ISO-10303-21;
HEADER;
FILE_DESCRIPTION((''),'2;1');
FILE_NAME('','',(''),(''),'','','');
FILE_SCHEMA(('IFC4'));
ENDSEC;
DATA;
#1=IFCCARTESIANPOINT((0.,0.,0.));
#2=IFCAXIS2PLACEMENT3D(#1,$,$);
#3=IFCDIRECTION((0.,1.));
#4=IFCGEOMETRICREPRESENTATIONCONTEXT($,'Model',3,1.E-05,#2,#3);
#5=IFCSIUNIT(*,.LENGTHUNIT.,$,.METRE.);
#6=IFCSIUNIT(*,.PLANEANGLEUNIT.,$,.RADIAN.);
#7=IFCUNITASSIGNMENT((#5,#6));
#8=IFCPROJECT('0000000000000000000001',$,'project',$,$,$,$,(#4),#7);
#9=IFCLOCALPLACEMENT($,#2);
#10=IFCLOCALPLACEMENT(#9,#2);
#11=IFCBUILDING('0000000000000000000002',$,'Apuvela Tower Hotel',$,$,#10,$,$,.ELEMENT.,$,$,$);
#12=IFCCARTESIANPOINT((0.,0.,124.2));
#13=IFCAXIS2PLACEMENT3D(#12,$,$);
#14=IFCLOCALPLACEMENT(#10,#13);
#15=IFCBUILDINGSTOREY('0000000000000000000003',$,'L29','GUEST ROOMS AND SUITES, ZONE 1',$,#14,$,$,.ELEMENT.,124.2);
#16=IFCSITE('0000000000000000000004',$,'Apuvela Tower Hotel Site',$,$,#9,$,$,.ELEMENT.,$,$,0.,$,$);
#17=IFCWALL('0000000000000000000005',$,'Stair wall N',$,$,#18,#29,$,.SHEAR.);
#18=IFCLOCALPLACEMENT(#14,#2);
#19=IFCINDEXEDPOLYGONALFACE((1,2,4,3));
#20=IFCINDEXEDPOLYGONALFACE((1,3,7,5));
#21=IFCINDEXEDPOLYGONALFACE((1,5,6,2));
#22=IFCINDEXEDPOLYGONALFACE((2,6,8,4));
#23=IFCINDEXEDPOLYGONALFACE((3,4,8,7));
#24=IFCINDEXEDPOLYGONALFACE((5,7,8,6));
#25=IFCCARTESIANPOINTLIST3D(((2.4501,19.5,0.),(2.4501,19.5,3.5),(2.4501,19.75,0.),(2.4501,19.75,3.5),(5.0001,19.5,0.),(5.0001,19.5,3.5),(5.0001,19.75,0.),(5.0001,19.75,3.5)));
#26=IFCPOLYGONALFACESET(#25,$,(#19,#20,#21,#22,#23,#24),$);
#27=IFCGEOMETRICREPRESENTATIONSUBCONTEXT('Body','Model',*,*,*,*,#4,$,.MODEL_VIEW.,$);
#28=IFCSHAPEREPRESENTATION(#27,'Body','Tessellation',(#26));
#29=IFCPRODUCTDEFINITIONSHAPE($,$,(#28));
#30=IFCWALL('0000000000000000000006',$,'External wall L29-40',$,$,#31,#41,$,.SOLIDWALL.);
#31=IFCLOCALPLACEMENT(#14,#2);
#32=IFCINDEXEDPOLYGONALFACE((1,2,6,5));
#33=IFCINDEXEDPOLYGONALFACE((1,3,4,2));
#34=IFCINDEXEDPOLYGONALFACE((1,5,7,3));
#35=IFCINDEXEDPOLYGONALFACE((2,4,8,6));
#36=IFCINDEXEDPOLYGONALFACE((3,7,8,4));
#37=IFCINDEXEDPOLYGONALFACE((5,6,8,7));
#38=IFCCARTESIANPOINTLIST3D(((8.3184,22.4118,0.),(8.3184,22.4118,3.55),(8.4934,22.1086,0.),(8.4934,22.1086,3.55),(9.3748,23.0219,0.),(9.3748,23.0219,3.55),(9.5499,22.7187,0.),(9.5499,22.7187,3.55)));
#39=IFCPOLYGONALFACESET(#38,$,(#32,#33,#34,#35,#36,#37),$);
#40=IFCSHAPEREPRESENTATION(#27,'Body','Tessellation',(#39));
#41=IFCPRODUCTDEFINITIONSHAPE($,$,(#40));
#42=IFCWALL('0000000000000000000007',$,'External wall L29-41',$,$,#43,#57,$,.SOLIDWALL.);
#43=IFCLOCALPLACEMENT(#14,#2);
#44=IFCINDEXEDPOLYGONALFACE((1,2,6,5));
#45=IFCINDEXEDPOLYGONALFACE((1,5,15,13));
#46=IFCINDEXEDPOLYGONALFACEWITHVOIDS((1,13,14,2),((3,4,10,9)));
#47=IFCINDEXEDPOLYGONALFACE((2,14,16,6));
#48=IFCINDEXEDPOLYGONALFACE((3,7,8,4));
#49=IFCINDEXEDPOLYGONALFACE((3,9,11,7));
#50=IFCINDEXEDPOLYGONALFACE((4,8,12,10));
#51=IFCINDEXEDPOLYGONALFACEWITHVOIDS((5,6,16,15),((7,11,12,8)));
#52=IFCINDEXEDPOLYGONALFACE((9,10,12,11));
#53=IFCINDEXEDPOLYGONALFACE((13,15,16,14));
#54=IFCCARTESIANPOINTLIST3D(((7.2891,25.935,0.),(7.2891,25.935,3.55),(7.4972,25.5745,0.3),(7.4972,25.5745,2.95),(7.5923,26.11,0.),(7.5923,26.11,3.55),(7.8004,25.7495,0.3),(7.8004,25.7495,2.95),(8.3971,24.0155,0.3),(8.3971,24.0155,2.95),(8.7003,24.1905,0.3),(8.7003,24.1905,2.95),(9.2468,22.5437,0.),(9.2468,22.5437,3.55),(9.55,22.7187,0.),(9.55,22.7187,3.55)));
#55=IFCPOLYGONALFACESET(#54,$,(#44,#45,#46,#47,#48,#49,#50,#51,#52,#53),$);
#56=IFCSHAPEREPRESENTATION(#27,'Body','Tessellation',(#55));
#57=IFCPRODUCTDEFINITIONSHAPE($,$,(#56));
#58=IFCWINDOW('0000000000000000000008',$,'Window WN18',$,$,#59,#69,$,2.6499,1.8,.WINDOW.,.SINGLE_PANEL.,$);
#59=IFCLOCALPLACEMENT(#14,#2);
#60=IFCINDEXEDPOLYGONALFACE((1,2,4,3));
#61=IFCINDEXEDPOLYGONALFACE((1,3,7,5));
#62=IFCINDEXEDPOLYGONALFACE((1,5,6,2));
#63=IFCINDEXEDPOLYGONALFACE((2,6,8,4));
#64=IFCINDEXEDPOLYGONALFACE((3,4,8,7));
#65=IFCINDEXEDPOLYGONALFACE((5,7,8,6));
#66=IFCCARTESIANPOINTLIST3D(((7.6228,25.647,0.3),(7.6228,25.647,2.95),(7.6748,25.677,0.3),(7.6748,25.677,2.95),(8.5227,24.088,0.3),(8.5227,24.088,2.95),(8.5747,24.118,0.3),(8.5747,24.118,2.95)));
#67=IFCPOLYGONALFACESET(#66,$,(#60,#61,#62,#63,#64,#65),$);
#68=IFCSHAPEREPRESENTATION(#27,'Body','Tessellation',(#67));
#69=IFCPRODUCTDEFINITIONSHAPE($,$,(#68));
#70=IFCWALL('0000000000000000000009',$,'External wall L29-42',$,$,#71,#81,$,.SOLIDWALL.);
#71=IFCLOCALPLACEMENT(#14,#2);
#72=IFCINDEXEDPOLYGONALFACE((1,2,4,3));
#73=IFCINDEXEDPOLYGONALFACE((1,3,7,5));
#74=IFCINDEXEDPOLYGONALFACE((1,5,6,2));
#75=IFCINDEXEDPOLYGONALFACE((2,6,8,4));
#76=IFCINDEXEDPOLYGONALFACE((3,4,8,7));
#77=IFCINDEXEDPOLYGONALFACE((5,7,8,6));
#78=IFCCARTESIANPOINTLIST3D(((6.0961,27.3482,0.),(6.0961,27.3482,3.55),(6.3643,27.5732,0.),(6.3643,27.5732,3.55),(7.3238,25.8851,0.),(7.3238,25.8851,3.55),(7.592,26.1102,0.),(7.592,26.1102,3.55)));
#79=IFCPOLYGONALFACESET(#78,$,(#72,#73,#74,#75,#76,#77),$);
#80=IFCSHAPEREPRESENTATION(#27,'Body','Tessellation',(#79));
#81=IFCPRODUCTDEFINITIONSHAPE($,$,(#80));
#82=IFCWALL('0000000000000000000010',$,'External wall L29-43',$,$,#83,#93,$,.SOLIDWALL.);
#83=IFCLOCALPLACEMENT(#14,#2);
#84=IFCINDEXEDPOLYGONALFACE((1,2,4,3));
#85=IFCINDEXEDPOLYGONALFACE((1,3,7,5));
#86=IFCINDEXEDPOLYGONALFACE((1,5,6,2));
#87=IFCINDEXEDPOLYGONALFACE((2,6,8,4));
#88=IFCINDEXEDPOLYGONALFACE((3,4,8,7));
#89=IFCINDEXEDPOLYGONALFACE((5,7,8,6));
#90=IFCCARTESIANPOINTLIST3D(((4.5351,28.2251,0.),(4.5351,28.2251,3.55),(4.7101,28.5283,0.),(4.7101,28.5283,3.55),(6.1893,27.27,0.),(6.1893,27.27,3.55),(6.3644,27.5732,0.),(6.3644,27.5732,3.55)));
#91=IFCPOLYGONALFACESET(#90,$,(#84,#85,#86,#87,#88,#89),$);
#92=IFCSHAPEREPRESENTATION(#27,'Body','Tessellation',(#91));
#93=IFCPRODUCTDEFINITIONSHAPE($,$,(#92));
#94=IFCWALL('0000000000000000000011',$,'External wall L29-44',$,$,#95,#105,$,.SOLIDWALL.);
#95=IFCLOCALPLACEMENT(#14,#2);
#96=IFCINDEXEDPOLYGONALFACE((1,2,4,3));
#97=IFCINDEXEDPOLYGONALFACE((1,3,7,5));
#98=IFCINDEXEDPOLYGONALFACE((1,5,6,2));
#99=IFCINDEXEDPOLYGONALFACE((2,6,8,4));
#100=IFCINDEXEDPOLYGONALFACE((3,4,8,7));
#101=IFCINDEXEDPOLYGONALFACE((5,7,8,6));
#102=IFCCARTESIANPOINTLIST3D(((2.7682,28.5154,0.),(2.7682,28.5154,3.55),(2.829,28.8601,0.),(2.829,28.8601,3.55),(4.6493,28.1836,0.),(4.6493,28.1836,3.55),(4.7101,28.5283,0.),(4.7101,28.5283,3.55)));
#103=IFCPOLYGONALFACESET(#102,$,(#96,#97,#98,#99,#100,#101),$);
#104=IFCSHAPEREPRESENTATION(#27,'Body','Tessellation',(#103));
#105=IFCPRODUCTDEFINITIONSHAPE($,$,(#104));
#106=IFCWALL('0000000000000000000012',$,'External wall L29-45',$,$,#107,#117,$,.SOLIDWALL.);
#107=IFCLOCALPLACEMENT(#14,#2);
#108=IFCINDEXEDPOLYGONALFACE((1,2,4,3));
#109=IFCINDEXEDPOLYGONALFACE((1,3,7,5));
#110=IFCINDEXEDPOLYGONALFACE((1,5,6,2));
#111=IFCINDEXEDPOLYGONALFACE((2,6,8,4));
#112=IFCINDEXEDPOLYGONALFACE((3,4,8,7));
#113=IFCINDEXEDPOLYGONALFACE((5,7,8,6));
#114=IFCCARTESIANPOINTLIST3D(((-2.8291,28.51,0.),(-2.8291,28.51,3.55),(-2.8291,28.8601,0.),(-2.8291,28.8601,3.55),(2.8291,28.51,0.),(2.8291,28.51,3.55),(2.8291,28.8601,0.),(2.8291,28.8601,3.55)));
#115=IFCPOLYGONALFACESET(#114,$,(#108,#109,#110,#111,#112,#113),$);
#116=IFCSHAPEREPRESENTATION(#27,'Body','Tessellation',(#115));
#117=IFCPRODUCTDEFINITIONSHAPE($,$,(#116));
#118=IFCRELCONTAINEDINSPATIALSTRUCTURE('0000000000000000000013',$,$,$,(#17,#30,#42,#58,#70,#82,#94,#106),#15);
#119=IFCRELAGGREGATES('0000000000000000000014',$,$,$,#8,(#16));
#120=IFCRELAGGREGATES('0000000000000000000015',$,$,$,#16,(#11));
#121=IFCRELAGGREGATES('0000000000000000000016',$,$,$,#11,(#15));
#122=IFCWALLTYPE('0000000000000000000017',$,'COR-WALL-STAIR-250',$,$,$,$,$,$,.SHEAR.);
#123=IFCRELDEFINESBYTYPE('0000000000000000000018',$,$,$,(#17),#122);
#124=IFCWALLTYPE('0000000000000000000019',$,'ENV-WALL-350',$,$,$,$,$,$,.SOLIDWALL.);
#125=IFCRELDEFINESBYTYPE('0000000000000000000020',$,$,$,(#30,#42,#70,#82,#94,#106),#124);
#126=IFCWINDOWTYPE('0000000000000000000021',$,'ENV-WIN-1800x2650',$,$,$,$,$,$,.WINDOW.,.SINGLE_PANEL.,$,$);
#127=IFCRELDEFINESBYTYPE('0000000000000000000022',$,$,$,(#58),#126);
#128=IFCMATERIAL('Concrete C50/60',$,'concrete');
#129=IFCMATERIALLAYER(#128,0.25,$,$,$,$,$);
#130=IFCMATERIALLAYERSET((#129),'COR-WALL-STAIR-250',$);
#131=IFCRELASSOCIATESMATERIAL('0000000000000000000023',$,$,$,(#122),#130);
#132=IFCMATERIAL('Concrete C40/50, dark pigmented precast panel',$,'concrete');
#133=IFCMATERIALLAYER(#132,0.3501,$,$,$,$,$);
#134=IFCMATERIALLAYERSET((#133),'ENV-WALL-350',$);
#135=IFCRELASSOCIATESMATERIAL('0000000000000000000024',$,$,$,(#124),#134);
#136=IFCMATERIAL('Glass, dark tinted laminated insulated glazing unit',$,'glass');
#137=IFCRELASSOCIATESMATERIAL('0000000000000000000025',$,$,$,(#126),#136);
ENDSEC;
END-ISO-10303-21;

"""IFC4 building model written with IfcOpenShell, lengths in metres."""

from ifc_helpers import new_model, si_unit, direction, frame, frame_2d, origin, place, context, subcontext, project, spatial, rectangle, extrude, material, layer, layer_set, type_object, element, fill, save


model = new_model("IFC4")

# Units and contexts
model_context = context("Model", 3, precision=1e-05, world=origin(), true_north=direction((0.0, 1.0)))
body_context = subcontext(model_context, "Body", "Model", "MODEL_VIEW")
ifc_project = project(units=[si_unit("LENGTHUNIT", "METRE"), si_unit("PLANEANGLEUNIT", "RADIAN")], contexts=[model_context])

# Site, building, storey
site_placement = place(None, origin())
site = spatial("IfcSite", under=ifc_project, at=site_placement, Name="Apuvela Tower Hotel Site", CompositionType="ELEMENT", RefElevation=0.0)
building_placement = place(site_placement, origin())
building = spatial("IfcBuilding", under=site, at=building_placement, Name="Apuvela Tower Hotel", CompositionType="ELEMENT")
storey_placement = place(building_placement, frame((0.0, 0.0, 124.2)))
storey = spatial("IfcBuildingStorey", under=building, at=storey_placement, Name="L29", Description="GUEST ROOMS AND SUITES, ZONE 1", CompositionType="ELEMENT", Elevation=124.2)

# Walls
ifc_material_1 = material(Name="Concrete C50/60", Category="concrete")
ifc_layer_1 = layer(ifc_material_1, 0.25)
ifc_layer_set_1 = layer_set([ifc_layer_1], Name="COR-WALL-STAIR-250")
wall_type_1 = type_object("IfcWallType", Name="COR-WALL-STAIR-250", PredefinedType="SHEAR", material=ifc_layer_set_1)
wall_1_placement = place(storey_placement, frame((5.0, 19.625, 0.0), z_axis=(0.0, 0.0, 1.0), x_axis=(-1.0, 0.0, 0.0)))
element("IfcWall", 1, at=wall_1_placement, inside=storey, type_object=wall_type_1, Name="Stair wall N", PredefinedType="SHEAR", context=body_context, shape_type="SweptSolid", body=[
    extrude(rectangle(XDim=2.55, YDim=0.25, at=frame_2d((1.2749, 0.0))), origin(), (0.0, 0.0, 1.0), 3.5),
])
ifc_material_2 = material(Name="Concrete C40/50, dark pigmented precast panel", Category="concrete")
ifc_layer_2 = layer(ifc_material_2, 0.3501)
ifc_layer_set_2 = layer_set([ifc_layer_2], Name="ENV-WALL-350")
wall_type_2 = type_object("IfcWallType", Name="ENV-WALL-350", PredefinedType="SOLIDWALL", material=ifc_layer_set_2)
wall_2_placement = place(storey_placement, frame((8.406, 22.2603, 0.0), z_axis=(0.0, 0.0, 1.0), x_axis=(0.865956, 0.500121, 0.0)))
element("IfcWall", 2, at=wall_2_placement, inside=storey, type_object=wall_type_2, Name="External wall L29-40", PredefinedType="SOLIDWALL", context=body_context, shape_type="SweptSolid", body=[
    extrude(rectangle(XDim=1.22, YDim=0.3501, at=frame_2d((0.6099, 0.0))), origin(), (0.0, 0.0, 1.0), 3.55),
])

# Wall, opening, window
wall_3_placement = place(storey_placement, frame((9.3984, 22.6311, 0.0), z_axis=(0.0, 0.0, 1.0), x_axis=(-0.499955, 0.866052, 0.0)))
wall_3 = element("IfcWall", 3, at=wall_3_placement, inside=storey, type_object=wall_type_2, Name="External wall L29-41", PredefinedType="SOLIDWALL", context=body_context, shape_type="SweptSolid", body=[
    extrude(rectangle(XDim=3.9158, YDim=0.3501, at=frame_2d((1.958, 0.0))), origin(), (0.0, 0.0, 1.0), 3.55),
])
opening_placement = place(wall_3_placement, frame((1.6997, 0.0, 0.3)))
opening = element("IfcOpeningElement", 4, at=opening_placement, cuts=wall_3, PredefinedType="OPENING", context=body_context, shape_type="SweptSolid", body=[
    extrude(rectangle(XDim=1.8, YDim=2.6499, at=frame_2d((0.8999, 1.325))), frame((0.0, 0.1851, 0.0), z_axis=(0.0, -1.0, 0.0), x_axis=(1.0, 0.0, 0.0)), (0.0, 0.0, 1.0), 0.3701),
])
ifc_material_3 = material(Name="Glass, dark tinted laminated insulated glazing unit", Category="glass")
window_type = type_object("IfcWindowType", Name="ENV-WIN-1800x2650", PartitioningType="SINGLE_PANEL", PredefinedType="WINDOW", material=ifc_material_3)
window_placement = place(opening_placement, origin())
window = element("IfcWindow", 5, at=window_placement, inside=storey, type_object=window_type, Name="Window WN18", OverallHeight=2.6499, OverallWidth=1.8, PartitioningType="SINGLE_PANEL", PredefinedType="WINDOW", context=body_context, shape_type="SweptSolid", body=[
    extrude(rectangle(XDim=1.8, YDim=2.6499, at=frame_2d((0.8999, 1.325))), frame((0.0, 0.03, 0.0), z_axis=(0.0, -1.0, 0.0), x_axis=(1.0, 0.0, 0.0)), (0.0, 0.0, 1.0), 0.0601),
])
fill(opening, window)

# Walls
wall_4_placement = place(storey_placement, frame((7.458, 25.9976, 0.0), z_axis=(0.0, 0.0, 1.0), x_axis=(-0.642808, 0.766027, 0.0)))
element("IfcWall", 6, at=wall_4_placement, inside=storey, type_object=wall_type_2, Name="External wall L29-42", PredefinedType="SOLIDWALL", context=body_context, shape_type="SweptSolid", body=[
    extrude(rectangle(XDim=1.9099, YDim=0.3501, at=frame_2d((0.9551, 0.0))), origin(), (0.0, 0.0, 1.0), 3.55),
])
for number, where, z_axis, x_axis, name in (
    (7, (6.2769, 27.4216, 0.0), (0.0, 0.0, 1.0), (-0.866032, 0.499988, 0.0), "External wall L29-43"),
    (8, (4.6797, 28.356, 0.0), (0.0, 0.0, 1.0), (-0.984799, 0.173698, 0.0), "External wall L29-44"),
):
    element("IfcWall", number, at=place(storey_placement, frame(where, z_axis=z_axis, x_axis=x_axis)), inside=storey, type_object=wall_type_2, Name=name, PredefinedType="SOLIDWALL", context=body_context, shape_type="SweptSolid", body=[
        extrude(rectangle(XDim=1.9102, YDim=0.3501, at=frame_2d((0.9551, 0.0))), origin(), (0.0, 0.0, 1.0), 3.55),
    ])
wall_5_placement = place(storey_placement, frame((2.8291, 28.6851, 0.0), z_axis=(0.0, 0.0, 1.0), x_axis=(-1.0, 0.0, 0.0)))
element("IfcWall", 9, at=wall_5_placement, inside=storey, type_object=wall_type_2, Name="External wall L29-45", PredefinedType="SOLIDWALL", context=body_context, shape_type="SweptSolid", body=[
    extrude(rectangle(XDim=5.6582, YDim=0.3501, at=frame_2d((2.8291, 0.0))), origin(), (0.0, 0.0, 1.0), 3.55),
])

save(model, "model.ifc")
